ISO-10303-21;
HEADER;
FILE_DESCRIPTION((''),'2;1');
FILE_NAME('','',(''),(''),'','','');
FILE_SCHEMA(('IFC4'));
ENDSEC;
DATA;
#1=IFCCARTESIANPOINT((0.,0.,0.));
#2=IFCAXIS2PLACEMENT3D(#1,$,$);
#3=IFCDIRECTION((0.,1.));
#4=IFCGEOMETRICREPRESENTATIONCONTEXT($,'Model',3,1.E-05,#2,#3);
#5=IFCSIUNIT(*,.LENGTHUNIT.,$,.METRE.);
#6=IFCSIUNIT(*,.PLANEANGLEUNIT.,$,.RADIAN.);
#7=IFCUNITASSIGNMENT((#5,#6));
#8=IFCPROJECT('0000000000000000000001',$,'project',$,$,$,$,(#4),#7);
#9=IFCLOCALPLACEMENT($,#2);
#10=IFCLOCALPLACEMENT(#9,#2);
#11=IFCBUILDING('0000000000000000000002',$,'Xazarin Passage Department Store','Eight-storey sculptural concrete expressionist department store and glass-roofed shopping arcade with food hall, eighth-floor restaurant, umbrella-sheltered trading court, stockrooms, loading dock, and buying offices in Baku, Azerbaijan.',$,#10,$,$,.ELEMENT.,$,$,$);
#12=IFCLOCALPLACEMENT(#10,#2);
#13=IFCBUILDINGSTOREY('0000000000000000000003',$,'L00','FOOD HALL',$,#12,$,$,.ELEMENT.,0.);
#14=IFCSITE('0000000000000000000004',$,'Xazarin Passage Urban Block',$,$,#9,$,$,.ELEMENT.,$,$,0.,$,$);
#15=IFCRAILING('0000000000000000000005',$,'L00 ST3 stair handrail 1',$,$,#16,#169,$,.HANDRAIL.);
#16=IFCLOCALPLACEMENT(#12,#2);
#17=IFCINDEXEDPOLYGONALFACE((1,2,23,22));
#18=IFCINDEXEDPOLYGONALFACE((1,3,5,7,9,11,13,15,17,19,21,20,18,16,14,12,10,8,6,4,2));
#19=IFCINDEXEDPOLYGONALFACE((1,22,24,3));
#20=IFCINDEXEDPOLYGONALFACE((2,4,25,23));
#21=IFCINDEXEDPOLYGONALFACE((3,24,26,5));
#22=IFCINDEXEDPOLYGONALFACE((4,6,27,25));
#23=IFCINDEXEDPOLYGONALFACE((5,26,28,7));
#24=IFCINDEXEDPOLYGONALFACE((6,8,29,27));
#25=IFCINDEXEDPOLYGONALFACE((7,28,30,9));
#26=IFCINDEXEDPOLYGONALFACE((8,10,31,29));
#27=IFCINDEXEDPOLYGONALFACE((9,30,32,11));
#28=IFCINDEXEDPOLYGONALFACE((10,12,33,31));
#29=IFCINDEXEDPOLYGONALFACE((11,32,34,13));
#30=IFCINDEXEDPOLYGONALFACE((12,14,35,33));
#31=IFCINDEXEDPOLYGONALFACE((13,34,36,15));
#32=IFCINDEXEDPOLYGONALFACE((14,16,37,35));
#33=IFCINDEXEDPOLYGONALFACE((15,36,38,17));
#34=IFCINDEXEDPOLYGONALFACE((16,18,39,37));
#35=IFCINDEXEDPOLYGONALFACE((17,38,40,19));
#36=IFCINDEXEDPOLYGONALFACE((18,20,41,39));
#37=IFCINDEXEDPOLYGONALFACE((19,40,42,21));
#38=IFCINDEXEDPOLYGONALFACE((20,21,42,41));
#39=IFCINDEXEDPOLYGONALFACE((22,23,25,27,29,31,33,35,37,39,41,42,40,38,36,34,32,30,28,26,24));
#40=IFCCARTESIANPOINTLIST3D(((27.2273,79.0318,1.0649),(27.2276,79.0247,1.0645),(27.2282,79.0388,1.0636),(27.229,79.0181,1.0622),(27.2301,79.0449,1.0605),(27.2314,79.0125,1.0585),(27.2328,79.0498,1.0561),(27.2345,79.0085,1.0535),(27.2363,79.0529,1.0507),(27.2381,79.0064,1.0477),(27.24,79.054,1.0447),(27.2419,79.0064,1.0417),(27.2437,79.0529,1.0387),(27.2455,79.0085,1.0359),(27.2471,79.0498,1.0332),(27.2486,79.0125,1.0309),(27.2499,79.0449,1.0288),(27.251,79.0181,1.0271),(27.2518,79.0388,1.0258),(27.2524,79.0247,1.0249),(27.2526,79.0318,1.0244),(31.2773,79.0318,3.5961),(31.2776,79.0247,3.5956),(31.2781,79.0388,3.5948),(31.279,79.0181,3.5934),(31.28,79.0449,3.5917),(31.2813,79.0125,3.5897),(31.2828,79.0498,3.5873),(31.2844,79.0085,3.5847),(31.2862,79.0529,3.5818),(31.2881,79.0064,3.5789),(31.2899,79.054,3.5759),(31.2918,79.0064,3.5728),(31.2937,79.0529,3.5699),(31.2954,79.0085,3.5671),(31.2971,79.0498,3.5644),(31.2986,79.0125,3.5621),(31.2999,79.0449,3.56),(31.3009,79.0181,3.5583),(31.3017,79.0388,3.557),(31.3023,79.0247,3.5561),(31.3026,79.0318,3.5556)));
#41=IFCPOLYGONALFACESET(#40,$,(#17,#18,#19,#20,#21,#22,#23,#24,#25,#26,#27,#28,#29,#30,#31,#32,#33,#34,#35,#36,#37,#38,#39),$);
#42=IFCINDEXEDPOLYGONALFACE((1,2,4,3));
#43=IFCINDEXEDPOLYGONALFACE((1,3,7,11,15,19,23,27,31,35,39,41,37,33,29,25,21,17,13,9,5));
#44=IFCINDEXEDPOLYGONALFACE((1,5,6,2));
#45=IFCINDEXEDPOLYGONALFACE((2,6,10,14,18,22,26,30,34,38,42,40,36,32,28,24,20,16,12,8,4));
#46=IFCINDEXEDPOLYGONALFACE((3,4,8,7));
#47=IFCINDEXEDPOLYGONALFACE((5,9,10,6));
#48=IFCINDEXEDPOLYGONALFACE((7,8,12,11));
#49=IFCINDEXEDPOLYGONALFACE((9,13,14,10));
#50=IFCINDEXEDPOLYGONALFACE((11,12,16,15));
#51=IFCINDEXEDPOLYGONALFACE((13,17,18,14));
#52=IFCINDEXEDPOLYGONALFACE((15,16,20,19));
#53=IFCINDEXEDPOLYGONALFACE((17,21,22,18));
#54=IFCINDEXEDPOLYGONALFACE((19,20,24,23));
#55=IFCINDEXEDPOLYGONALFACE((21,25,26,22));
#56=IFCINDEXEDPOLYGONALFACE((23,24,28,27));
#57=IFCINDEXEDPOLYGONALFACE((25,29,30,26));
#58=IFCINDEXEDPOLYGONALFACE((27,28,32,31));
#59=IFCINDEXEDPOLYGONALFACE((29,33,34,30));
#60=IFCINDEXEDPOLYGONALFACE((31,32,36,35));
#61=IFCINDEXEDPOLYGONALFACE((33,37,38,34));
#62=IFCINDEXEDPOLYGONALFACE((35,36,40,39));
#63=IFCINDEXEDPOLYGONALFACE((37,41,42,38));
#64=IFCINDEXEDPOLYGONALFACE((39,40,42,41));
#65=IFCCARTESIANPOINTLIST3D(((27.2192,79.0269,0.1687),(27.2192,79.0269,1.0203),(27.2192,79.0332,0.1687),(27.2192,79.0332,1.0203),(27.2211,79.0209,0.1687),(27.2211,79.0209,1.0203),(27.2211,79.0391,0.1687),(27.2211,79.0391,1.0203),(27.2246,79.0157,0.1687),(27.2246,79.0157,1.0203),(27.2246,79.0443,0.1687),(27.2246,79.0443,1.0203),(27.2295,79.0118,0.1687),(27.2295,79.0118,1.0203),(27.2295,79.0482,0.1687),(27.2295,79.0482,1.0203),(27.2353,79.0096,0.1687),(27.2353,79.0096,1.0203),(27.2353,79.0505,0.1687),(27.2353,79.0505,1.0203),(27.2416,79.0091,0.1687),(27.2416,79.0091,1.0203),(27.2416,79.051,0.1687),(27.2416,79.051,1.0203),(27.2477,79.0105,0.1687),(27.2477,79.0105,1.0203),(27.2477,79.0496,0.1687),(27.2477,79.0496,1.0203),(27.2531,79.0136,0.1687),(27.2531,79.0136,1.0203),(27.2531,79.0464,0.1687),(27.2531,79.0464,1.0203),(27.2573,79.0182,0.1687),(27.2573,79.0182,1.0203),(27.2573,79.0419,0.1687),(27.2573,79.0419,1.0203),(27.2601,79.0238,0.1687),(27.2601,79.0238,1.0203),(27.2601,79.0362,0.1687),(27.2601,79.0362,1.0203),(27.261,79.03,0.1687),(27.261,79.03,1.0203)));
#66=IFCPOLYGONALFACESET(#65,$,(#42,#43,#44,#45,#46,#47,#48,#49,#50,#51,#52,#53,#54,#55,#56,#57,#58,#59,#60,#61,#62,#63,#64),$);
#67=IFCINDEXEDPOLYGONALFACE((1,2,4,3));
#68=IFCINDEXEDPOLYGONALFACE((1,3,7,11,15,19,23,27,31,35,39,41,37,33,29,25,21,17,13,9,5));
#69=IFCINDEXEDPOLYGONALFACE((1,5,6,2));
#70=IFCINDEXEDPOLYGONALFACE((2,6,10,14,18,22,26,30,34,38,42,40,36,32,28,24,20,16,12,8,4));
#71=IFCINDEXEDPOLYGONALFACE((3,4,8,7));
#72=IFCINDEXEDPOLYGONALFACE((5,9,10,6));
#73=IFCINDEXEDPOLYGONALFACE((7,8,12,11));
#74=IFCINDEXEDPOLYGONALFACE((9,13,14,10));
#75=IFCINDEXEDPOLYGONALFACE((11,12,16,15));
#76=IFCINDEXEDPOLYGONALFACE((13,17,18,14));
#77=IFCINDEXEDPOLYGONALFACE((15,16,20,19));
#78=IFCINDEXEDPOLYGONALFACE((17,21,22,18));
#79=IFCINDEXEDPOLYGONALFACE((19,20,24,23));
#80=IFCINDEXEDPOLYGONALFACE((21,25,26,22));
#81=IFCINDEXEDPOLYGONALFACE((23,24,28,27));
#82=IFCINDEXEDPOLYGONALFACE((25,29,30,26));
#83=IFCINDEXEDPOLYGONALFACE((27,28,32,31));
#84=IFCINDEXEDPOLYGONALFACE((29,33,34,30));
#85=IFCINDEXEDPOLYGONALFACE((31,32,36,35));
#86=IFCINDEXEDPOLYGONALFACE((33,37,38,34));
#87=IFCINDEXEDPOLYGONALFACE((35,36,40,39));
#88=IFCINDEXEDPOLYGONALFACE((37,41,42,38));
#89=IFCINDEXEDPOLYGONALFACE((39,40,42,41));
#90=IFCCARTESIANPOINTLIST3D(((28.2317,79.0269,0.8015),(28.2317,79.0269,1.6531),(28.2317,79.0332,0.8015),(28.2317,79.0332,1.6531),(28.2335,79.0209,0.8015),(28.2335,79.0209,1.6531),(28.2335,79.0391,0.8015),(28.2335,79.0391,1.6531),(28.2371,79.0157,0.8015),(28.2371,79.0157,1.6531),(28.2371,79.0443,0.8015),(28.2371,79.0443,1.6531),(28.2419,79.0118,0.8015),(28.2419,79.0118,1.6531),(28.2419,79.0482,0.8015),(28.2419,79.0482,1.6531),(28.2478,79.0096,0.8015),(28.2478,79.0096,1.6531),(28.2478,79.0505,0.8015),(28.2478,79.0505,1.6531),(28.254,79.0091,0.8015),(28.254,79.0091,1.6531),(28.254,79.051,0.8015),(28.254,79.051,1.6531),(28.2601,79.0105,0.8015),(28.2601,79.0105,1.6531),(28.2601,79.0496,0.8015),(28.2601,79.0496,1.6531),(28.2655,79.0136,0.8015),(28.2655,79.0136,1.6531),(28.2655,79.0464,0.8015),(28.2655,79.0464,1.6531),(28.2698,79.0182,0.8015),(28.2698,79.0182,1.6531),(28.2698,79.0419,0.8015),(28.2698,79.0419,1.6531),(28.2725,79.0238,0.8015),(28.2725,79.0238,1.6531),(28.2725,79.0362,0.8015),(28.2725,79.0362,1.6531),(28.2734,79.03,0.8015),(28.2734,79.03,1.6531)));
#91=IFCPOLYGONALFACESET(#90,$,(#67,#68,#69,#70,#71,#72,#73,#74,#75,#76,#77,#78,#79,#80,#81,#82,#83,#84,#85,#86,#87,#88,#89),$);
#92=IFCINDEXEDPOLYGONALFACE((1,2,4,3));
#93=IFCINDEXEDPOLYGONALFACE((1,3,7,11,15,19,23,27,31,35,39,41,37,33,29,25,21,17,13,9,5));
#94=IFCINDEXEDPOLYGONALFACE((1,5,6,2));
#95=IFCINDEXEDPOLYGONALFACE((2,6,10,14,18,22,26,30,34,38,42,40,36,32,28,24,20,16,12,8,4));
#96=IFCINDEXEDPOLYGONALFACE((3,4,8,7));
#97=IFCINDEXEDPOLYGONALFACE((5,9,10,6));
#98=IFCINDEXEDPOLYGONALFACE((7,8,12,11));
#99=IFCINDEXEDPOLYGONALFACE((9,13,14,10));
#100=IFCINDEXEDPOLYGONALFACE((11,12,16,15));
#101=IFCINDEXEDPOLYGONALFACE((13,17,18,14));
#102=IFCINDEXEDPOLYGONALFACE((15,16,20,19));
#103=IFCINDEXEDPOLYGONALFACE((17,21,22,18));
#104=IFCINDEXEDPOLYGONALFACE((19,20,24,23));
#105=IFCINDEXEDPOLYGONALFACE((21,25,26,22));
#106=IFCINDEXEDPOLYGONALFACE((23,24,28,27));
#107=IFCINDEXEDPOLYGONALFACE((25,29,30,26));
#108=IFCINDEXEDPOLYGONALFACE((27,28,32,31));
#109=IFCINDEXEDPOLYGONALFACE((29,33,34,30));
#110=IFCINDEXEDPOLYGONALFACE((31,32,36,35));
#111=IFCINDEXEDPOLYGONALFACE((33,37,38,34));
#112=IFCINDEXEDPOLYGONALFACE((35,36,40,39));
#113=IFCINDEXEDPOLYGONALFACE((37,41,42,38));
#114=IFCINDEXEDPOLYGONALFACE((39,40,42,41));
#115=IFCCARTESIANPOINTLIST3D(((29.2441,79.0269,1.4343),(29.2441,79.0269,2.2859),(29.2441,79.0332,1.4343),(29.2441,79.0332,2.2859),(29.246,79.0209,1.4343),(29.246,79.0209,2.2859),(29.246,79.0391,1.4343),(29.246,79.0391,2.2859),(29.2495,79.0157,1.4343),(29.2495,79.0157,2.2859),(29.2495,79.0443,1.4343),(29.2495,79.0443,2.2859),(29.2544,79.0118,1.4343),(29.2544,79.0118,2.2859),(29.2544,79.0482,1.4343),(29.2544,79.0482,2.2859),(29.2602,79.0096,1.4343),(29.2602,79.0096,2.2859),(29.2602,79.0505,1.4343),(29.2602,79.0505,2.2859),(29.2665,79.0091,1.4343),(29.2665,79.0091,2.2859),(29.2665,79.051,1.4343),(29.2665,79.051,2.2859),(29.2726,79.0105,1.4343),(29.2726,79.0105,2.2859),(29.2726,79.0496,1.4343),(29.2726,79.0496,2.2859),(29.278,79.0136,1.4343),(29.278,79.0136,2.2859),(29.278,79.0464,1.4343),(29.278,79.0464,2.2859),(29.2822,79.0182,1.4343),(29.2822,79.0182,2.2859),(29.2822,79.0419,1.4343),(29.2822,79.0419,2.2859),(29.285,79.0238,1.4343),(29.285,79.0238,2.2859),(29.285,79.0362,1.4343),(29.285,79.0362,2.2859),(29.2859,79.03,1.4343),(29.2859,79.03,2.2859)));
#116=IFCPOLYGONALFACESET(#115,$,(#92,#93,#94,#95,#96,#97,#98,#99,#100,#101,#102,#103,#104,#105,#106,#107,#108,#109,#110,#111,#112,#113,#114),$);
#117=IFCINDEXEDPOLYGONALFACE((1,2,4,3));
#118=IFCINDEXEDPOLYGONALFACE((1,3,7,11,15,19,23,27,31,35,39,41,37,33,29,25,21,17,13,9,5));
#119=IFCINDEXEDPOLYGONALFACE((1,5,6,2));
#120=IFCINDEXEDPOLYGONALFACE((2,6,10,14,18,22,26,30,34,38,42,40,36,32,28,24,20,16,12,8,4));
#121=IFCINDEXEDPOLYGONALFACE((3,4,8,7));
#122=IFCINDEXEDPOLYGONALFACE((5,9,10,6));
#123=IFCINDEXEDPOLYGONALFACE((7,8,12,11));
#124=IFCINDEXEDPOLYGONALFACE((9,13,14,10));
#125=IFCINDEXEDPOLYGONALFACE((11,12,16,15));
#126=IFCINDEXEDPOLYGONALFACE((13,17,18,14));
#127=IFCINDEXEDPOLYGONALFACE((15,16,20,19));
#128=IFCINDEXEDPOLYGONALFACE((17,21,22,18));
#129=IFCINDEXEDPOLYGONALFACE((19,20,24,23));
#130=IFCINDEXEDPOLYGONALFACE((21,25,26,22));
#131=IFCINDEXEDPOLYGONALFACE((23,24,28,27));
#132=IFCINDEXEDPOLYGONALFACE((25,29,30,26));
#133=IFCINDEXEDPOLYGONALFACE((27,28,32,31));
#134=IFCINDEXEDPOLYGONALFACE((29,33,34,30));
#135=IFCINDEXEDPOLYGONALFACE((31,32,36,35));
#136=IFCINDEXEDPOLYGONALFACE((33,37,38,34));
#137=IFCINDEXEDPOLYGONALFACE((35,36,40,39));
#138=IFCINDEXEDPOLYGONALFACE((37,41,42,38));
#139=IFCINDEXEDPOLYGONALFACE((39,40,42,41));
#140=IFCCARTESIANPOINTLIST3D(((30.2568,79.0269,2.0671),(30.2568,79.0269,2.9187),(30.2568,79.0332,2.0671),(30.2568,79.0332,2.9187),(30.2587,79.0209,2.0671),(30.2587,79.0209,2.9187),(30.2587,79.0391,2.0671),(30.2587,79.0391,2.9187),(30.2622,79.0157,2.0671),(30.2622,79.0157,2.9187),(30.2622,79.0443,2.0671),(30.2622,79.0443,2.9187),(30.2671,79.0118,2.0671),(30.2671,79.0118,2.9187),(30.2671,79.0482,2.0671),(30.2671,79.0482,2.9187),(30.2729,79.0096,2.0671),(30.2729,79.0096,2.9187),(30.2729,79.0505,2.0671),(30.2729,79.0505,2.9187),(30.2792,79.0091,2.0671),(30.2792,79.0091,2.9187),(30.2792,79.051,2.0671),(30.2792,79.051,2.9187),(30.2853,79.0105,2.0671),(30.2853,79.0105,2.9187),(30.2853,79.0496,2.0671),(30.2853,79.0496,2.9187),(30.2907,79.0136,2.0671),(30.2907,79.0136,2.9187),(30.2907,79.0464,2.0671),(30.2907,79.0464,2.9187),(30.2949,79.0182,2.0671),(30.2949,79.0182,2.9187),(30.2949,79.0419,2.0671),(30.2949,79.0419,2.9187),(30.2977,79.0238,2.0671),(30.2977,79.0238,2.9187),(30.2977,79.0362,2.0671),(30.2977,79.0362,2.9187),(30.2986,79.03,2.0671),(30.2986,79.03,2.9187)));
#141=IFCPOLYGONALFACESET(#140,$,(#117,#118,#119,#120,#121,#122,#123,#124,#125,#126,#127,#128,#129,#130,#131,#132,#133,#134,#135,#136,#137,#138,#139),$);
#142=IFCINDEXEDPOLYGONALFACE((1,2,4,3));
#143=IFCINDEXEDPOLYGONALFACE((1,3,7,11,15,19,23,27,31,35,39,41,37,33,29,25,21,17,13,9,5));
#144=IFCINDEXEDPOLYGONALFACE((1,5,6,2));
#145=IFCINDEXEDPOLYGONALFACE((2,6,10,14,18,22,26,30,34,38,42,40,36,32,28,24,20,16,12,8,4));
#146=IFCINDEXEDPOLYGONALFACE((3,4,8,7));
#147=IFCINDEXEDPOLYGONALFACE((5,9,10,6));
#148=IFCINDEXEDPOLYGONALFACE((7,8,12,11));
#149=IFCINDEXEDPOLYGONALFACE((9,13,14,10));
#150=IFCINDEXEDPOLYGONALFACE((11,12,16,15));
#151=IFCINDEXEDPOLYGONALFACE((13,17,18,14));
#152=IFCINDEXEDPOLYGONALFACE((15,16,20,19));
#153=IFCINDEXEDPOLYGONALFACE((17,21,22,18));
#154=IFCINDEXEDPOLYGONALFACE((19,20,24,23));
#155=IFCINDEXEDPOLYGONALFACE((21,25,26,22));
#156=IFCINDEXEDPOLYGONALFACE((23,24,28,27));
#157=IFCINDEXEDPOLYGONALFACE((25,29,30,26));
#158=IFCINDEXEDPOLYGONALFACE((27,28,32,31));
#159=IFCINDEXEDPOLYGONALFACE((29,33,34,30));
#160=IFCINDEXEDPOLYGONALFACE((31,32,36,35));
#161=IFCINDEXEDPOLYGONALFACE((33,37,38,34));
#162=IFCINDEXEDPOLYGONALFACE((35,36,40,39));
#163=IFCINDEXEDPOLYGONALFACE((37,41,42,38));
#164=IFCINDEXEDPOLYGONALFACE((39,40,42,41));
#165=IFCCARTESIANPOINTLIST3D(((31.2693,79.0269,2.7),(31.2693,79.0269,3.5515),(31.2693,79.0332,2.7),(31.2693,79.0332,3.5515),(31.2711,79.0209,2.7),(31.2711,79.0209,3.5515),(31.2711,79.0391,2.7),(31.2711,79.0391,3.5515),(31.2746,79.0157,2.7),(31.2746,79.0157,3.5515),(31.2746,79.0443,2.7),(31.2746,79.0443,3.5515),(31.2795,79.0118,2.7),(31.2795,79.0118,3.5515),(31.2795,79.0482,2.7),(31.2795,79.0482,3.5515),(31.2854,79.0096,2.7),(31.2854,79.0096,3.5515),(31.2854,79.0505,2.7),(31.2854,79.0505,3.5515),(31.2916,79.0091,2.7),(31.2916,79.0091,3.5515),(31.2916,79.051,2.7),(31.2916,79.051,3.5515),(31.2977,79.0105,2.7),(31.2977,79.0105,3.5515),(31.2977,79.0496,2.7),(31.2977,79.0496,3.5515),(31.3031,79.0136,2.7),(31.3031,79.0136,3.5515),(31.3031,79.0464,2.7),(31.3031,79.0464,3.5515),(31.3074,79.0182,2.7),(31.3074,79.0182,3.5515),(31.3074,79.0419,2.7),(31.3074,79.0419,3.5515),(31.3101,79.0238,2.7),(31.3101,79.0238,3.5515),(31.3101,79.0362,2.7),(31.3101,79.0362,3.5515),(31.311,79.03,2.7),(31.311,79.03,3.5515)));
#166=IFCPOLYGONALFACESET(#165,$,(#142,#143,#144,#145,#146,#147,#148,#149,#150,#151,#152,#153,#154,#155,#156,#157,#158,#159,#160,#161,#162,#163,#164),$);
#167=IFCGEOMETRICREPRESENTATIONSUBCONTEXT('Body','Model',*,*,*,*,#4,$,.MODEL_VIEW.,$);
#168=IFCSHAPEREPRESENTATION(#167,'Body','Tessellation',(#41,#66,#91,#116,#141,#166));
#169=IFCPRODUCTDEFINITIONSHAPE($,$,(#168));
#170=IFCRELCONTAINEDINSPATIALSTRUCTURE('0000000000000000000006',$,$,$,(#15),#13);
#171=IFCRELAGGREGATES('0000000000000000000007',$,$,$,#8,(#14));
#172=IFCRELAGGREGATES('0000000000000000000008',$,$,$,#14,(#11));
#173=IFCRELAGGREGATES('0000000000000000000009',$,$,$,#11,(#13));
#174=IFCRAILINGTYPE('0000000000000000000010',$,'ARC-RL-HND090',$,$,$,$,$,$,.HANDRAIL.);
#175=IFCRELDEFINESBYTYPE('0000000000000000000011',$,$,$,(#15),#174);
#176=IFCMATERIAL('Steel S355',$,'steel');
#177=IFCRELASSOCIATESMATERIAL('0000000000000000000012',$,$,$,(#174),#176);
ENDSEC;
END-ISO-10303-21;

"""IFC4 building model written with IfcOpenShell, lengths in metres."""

from ifc_helpers import new_model, si_unit, direction, frame, origin, origin_2d, place, context, subcontext, project, spatial, circle, extrude, material, type_object, element, save


model = new_model("IFC4")

# Units and contexts
model_context = context("Model", 3, precision=1e-05, world=origin(), true_north=direction((0.0, 1.0)))
body_context = subcontext(model_context, "Body", "Model", "MODEL_VIEW")
ifc_project = project(units=[si_unit("LENGTHUNIT", "METRE"), si_unit("PLANEANGLEUNIT", "RADIAN")], contexts=[model_context])

# Site, building, storey
site_placement = place(None, origin())
site = spatial("IfcSite", under=ifc_project, at=site_placement, Name="Xazarin Passage Urban Block", CompositionType="ELEMENT", RefElevation=0.0)
building_placement = place(site_placement, origin())
building = spatial("IfcBuilding", under=site, at=building_placement, Name="Xazarin Passage Department Store", Description="Eight-storey sculptural concrete expressionist department store and glass-roofed shopping arcade with food hall, eighth-floor restaurant, umbrella-sheltered trading court, stockrooms, loading dock, and buying offices in Baku, Azerbaijan.", CompositionType="ELEMENT")
storey_placement = place(building_placement, origin())
storey = spatial("IfcBuildingStorey", under=building, at=storey_placement, Name="L00", Description="FOOD HALL", CompositionType="ELEMENT", Elevation=0.0)

# Shared definitions
ifc_material_1 = material(Name="Steel S355", Category="steel")

# Railing
railing_type_1 = type_object("IfcRailingType", Name="ARC-RL-HND090", PredefinedType="HANDRAIL", material=ifc_material_1)
railing_1_placement = place(storey_placement, frame((27.24, 79.03, 0.1687)))
element("IfcRailing", 1, at=railing_1_placement, inside=storey, type_object=railing_type_1, Name="L00 ST3 stair handrail 1", PredefinedType="HANDRAIL", context=body_context, shape_type="SweptSolid", body=[
    extrude(circle(Radius=0.0239, at=origin_2d()), frame((0.0, 0.0, 0.876), z_axis=(0.848001, 0.0, 0.529994), x_axis=(0.0, 1.0, 0.0)), (0.0, 0.0, 1.0), 4.7759),
    extrude(circle(Radius=0.021, at=origin_2d()), origin(), (0.0, 0.0, 1.0), 0.8516),
    extrude(circle(Radius=0.021, at=origin_2d()), frame((1.0125, 0.0, 0.6328)), (0.0, 0.0, 1.0), 0.8516),
    extrude(circle(Radius=0.021, at=origin_2d()), frame((2.0249, 0.0, 1.2656)), (0.0, 0.0, 1.0), 0.8516),
    extrude(circle(Radius=0.021, at=origin_2d()), frame((3.0376, 0.0, 1.8984)), (0.0, 0.0, 1.0), 0.8516),
    extrude(circle(Radius=0.021, at=origin_2d()), frame((4.05, 0.0, 2.5312)), (0.0, 0.0, 1.0), 0.8516),
])

save(model, "model.ifc")
